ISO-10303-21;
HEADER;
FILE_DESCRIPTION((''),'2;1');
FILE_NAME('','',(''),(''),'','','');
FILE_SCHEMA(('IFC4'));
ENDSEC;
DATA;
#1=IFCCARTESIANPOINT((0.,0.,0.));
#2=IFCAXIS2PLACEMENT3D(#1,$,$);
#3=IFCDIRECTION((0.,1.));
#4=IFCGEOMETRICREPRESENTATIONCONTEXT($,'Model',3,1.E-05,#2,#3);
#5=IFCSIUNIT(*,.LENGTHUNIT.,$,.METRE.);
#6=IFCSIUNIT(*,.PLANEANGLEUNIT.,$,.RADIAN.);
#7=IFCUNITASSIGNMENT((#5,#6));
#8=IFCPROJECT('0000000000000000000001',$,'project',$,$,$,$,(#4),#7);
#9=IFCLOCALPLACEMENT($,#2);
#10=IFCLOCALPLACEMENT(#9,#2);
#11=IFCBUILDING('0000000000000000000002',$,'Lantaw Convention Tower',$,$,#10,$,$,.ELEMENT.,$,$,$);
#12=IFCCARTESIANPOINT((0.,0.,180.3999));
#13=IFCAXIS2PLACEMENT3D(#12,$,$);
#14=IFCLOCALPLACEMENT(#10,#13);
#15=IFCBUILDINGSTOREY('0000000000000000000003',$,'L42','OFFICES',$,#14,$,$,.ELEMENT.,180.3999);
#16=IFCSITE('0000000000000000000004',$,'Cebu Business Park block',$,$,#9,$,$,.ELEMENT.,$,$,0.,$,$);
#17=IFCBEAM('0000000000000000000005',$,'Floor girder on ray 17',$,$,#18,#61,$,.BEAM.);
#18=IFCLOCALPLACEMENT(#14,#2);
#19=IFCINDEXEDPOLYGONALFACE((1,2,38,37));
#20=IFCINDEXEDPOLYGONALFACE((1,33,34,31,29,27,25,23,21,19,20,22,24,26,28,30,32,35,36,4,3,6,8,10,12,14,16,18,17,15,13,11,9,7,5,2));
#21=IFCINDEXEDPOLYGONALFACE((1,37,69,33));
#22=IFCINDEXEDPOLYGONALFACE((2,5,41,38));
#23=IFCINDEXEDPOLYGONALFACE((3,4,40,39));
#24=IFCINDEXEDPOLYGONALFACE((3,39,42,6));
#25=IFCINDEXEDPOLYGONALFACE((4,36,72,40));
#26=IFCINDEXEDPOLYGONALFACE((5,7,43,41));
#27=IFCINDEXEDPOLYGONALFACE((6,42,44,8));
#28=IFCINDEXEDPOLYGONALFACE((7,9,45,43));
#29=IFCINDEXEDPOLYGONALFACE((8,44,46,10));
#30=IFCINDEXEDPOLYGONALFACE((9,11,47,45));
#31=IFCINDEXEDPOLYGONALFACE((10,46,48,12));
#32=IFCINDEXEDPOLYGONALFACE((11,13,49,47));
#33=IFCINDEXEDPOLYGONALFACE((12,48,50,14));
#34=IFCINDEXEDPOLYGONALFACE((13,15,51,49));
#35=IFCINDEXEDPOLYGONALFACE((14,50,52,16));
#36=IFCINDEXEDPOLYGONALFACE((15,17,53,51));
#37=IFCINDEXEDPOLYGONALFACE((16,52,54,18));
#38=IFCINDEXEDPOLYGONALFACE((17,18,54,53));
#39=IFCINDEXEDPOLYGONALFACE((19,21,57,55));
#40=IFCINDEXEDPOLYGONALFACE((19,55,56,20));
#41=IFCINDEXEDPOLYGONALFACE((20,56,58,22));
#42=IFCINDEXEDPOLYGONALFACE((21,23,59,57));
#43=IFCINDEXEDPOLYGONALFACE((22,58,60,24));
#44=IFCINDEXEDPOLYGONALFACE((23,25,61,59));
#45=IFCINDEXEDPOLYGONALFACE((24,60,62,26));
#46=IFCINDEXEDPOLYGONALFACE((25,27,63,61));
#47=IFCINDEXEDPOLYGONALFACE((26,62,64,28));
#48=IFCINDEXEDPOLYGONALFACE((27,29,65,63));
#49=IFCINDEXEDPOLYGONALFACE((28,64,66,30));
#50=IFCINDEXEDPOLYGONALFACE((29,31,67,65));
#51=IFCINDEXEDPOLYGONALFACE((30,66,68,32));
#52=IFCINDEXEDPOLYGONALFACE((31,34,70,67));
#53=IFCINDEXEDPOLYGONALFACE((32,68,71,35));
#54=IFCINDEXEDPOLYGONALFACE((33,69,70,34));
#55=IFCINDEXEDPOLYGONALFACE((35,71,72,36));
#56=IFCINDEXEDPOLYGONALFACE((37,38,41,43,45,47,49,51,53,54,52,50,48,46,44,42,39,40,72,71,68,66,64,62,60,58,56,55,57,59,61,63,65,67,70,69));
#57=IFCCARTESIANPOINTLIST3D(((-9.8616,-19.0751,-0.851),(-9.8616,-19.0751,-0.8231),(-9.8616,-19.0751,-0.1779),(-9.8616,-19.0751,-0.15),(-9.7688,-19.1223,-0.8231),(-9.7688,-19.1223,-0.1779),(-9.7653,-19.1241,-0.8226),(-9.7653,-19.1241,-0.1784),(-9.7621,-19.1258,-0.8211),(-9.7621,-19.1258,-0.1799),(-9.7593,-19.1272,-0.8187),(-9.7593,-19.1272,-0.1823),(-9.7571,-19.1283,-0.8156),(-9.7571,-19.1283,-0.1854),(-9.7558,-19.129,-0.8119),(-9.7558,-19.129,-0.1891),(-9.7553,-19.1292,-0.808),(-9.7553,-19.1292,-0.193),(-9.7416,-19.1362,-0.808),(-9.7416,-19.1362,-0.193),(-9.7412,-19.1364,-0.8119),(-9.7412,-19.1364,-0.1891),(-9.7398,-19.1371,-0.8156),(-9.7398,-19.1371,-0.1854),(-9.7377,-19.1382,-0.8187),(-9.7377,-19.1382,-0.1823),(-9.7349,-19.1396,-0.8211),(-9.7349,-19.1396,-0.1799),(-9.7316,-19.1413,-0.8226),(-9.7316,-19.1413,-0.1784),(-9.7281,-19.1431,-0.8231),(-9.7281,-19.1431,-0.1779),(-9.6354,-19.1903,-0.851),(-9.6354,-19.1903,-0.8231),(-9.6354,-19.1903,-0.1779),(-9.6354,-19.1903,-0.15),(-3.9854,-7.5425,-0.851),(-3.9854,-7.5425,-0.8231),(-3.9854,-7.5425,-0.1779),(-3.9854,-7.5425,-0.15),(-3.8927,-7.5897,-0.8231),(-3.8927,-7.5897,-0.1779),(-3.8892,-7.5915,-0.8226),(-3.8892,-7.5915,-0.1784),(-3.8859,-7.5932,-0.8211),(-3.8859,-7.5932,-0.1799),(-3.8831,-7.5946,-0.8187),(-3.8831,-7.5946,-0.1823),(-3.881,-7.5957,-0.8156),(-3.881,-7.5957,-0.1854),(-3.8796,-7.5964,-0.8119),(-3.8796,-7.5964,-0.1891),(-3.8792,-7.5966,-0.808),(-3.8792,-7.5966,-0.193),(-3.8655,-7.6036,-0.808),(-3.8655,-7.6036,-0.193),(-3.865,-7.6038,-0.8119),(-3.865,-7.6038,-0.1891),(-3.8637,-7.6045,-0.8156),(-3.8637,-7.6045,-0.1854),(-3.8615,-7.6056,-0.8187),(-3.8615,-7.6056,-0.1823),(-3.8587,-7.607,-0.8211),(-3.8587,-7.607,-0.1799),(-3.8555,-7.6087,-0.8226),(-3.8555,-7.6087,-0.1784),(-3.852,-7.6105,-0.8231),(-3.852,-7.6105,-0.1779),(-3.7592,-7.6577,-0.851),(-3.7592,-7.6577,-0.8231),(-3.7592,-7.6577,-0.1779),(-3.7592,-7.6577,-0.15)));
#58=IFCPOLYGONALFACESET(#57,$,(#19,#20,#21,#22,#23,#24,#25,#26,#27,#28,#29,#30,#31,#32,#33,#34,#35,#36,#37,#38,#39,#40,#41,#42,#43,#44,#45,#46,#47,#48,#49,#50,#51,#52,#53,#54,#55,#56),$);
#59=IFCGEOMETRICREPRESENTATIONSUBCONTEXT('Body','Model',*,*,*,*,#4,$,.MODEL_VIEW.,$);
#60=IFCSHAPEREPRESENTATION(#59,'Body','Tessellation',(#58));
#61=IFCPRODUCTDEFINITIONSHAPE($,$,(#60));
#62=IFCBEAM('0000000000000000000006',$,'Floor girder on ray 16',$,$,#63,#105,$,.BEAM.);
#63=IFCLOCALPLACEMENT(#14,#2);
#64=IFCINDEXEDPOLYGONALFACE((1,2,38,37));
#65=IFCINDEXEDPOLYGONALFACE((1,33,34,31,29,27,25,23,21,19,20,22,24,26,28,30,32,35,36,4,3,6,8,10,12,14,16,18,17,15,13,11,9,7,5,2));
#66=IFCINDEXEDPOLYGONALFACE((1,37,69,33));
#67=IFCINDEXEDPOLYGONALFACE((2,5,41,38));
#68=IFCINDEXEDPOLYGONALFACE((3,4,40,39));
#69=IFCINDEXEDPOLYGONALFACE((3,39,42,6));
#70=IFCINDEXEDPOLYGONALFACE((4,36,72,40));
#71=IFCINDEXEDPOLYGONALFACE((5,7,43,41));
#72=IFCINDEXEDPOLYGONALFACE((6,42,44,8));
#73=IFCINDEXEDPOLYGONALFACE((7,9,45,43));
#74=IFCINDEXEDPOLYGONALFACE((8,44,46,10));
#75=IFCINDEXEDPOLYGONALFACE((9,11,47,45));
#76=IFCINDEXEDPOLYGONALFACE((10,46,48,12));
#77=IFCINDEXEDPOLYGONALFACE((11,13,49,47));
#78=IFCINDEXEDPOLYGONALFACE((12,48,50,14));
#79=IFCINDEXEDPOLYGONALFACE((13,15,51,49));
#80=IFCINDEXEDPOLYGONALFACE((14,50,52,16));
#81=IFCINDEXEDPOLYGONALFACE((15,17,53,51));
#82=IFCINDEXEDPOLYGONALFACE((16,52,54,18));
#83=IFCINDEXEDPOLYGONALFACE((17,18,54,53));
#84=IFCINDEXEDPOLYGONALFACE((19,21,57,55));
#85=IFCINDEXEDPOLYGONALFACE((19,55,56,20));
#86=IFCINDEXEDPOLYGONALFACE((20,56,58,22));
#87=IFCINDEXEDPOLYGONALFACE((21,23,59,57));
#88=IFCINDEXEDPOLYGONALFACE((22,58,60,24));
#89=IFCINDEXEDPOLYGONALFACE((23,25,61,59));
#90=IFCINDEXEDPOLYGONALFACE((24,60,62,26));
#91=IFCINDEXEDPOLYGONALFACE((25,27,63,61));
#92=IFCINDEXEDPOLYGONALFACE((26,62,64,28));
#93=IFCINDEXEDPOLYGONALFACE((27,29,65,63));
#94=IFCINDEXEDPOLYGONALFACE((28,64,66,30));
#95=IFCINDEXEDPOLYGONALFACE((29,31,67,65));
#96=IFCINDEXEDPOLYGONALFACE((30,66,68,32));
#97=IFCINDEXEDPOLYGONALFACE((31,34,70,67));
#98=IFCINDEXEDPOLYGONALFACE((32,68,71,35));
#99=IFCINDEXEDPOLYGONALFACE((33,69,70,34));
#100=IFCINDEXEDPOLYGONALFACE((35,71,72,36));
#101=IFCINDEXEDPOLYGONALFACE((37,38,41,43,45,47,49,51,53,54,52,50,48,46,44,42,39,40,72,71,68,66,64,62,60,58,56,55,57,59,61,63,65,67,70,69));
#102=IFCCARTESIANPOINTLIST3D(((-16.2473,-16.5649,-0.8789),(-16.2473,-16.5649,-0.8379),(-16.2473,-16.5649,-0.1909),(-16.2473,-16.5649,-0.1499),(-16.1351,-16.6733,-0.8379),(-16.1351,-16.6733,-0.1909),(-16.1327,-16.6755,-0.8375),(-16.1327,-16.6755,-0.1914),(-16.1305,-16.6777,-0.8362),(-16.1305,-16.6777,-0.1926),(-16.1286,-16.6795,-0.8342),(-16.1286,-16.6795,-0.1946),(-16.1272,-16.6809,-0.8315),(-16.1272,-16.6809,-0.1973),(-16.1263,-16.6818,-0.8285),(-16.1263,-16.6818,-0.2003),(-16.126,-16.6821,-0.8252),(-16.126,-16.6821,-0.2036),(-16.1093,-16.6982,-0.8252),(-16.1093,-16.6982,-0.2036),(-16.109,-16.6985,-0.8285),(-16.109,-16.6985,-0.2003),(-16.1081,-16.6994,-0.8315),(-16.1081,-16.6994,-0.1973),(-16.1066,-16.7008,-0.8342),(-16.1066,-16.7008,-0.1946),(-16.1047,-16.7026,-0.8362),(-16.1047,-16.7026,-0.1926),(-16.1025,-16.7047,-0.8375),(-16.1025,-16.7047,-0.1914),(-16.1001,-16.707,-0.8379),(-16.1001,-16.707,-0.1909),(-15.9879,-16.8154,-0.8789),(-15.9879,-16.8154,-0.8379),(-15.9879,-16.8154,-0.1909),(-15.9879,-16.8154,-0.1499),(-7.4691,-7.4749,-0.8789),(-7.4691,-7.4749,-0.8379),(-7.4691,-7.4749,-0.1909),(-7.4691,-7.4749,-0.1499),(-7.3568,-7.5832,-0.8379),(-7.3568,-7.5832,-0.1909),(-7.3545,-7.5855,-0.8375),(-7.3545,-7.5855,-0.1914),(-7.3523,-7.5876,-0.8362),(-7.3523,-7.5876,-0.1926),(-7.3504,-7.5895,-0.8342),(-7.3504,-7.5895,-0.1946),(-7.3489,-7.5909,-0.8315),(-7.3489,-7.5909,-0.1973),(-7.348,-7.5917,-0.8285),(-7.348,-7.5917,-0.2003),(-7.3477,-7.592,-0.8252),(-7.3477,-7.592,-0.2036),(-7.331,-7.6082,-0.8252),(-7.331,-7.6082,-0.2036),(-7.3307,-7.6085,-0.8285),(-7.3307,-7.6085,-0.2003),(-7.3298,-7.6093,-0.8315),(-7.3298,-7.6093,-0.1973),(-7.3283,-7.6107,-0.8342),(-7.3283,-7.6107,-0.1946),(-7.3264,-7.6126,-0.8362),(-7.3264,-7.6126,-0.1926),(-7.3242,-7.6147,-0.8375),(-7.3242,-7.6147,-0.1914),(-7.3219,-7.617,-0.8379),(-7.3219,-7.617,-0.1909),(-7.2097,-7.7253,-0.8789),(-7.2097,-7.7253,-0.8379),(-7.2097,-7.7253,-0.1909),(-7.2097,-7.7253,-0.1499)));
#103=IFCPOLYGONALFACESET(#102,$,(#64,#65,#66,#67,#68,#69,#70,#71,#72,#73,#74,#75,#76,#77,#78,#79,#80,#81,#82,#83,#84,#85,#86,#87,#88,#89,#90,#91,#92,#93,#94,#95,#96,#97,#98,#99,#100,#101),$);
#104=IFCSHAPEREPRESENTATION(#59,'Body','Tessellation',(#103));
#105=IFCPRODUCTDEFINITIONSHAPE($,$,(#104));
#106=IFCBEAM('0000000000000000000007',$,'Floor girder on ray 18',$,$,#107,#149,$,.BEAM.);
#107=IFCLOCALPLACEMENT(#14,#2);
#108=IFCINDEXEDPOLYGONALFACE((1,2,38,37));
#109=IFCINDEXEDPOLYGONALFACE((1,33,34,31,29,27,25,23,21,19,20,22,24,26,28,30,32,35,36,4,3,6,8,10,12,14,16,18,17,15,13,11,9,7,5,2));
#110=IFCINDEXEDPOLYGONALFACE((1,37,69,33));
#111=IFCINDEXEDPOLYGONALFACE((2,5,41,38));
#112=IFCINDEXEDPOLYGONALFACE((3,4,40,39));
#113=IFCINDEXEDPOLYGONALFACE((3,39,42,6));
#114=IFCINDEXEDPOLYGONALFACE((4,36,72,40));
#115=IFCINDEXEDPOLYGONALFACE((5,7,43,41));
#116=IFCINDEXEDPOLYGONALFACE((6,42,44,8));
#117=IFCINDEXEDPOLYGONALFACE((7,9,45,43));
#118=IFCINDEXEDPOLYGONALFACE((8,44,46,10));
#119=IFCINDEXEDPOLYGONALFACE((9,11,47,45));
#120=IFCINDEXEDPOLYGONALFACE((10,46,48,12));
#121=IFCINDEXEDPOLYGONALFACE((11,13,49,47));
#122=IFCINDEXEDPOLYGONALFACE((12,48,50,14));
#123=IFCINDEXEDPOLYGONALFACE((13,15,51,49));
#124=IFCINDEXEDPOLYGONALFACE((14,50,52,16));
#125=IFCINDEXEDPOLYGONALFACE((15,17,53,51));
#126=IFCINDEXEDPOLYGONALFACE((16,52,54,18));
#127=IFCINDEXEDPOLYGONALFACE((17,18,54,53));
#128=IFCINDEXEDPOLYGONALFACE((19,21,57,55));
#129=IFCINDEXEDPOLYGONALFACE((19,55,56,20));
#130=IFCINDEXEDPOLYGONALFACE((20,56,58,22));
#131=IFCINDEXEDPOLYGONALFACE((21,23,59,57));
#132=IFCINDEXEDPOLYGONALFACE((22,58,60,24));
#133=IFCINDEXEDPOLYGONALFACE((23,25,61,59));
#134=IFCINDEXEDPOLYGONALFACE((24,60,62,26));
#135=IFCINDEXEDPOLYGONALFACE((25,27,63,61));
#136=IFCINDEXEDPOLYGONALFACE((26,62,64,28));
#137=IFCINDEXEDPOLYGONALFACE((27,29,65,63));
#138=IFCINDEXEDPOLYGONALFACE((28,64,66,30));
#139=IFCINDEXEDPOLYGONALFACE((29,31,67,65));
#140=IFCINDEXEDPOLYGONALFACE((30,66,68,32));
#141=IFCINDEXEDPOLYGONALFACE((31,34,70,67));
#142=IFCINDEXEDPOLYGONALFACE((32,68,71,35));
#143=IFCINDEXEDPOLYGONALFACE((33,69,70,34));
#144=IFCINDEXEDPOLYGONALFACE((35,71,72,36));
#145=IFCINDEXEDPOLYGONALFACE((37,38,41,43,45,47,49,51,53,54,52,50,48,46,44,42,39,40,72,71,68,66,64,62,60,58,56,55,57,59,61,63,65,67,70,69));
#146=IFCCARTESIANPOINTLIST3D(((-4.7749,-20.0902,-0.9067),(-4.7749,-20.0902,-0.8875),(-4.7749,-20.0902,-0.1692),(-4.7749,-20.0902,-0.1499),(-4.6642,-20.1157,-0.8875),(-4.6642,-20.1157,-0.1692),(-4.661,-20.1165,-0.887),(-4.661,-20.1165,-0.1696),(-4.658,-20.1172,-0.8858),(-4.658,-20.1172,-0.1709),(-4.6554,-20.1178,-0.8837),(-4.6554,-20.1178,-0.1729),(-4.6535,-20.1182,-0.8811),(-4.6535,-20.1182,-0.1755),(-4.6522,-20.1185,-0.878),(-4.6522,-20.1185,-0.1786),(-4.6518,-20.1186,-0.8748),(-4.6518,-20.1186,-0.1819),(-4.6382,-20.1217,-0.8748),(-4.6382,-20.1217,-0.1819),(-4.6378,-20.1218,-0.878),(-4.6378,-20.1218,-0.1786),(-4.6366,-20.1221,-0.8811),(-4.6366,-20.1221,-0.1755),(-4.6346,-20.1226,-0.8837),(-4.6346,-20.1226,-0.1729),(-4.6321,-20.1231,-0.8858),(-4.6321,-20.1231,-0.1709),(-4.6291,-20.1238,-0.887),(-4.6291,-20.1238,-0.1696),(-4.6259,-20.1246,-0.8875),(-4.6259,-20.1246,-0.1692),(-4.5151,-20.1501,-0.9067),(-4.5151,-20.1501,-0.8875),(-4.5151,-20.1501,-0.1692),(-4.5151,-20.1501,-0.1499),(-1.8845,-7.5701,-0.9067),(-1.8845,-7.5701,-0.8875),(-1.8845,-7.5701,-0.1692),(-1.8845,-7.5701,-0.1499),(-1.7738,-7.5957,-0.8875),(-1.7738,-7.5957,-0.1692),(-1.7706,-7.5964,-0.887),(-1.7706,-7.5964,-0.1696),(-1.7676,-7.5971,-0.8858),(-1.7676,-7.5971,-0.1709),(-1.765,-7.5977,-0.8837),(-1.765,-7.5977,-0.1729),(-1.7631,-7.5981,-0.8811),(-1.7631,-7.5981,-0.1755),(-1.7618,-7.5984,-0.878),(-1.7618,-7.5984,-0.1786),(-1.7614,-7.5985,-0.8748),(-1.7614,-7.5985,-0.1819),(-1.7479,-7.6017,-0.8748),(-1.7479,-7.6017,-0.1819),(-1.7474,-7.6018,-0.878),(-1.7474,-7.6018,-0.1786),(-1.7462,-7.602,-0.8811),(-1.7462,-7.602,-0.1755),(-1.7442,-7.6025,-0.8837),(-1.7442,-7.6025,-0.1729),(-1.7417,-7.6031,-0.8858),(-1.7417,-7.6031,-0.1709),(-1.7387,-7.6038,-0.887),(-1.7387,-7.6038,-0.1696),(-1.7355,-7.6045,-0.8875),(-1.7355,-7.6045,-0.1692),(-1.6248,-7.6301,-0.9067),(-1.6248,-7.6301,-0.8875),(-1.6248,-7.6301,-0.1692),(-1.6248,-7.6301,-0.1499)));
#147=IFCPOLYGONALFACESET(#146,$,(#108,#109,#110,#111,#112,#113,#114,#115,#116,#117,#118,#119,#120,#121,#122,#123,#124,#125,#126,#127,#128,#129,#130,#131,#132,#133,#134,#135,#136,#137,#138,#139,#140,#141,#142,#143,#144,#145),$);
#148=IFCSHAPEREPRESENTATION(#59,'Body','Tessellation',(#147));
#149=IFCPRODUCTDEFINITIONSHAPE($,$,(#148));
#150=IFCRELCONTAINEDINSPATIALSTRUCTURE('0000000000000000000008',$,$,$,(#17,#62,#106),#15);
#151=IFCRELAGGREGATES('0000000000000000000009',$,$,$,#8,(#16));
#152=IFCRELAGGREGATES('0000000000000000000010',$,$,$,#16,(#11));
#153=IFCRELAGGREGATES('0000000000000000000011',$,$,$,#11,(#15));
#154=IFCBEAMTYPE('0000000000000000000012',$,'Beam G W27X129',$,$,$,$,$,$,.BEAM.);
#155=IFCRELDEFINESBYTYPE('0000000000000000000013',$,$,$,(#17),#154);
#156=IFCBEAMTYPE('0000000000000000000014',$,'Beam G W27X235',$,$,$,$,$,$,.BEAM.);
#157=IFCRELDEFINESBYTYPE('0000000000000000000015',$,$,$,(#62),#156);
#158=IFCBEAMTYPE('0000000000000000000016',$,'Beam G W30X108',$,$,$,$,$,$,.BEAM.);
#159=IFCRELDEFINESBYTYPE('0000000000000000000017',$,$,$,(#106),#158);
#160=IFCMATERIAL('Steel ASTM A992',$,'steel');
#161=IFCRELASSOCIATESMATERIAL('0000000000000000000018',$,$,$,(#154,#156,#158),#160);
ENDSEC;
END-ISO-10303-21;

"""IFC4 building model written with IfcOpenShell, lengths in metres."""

from ifc_helpers import new_model, si_unit, direction, frame, origin, origin_2d, place, context, subcontext, project, spatial, i_section, extrude, material, material_profile, profile_set, type_object, element, save


model = new_model("IFC4")

# Units and contexts
model_context = context("Model", 3, precision=1e-05, world=origin(), true_north=direction((0.0, 1.0)))
body_context = subcontext(model_context, "Body", "Model", "MODEL_VIEW")
ifc_project = project(units=[si_unit("LENGTHUNIT", "METRE"), si_unit("PLANEANGLEUNIT", "RADIAN")], contexts=[model_context])

# Site, building, storey
site_placement = place(None, origin())
site = spatial("IfcSite", under=ifc_project, at=site_placement, Name="Cebu Business Park block", CompositionType="ELEMENT", RefElevation=0.0)
building_placement = place(site_placement, origin())
building = spatial("IfcBuilding", under=site, at=building_placement, Name="Lantaw Convention Tower", CompositionType="ELEMENT")
storey_placement = place(building_placement, frame((0.0, 0.0, 180.3999)))
storey = spatial("IfcBuildingStorey", under=building, at=storey_placement, Name="L42", Description="OFFICES", CompositionType="ELEMENT", Elevation=180.3999)

# Beams
ifc_material_1 = material(Name="Steel ASTM A992", Category="steel")
ifc_material_profile_1 = material_profile(ifc_material_1, i_section(OverallWidth=0.2539, OverallDepth=0.7009, WebThickness=0.0154, FlangeThickness=0.0278, FilletRadius=0.0151, at=origin_2d()), Name="W27X129")
ifc_profile_set_1 = profile_set([ifc_material_profile_1], Name="Steel ASTM A992")
beam_type_1 = type_object("IfcBeamType", Name="Beam G W27X129", PredefinedType="BEAM", material=ifc_profile_set_1)
beam_1_placement = place(storey_placement, frame((-3.8723, -7.6001, -0.5005), z_axis=(-0.453991, -0.891006, 0.0), x_axis=(0.891006, -0.453991, 0.0)))
element("IfcBeam", 1, at=beam_1_placement, inside=storey, type_object=beam_type_1, Name="Floor girder on ray 17", PredefinedType="BEAM", context=body_context, shape_type="SweptSolid", body=[
    extrude(i_section(OverallWidth=0.2539, OverallDepth=0.7009, WebThickness=0.0154, FlangeThickness=0.0278, FilletRadius=0.0151, at=origin_2d()), origin(), (0.0, 0.0, 1.0), 12.9434),
])
ifc_material_profile_2 = material_profile(ifc_material_1, i_section(OverallWidth=0.3606, OverallDepth=0.729, WebThickness=0.0232, FlangeThickness=0.041, FilletRadius=0.0127, at=origin_2d()), Name="W27X235")
ifc_profile_set_2 = profile_set([ifc_material_profile_2], Name="Steel ASTM A992")
beam_type_2 = type_object("IfcBeamType", Name="Beam G W27X235", PredefinedType="BEAM", material=ifc_profile_set_2)
beam_2_placement = place(storey_placement, frame((-7.3394, -7.6001, -0.5144), z_axis=(-0.694663, -0.719335, 0.0), x_axis=(0.719335, -0.694663, 0.0)))
element("IfcBeam", 2, at=beam_2_placement, inside=storey, type_object=beam_type_2, Name="Floor girder on ray 16", PredefinedType="BEAM", context=body_context, shape_type="SweptSolid", body=[
    extrude(i_section(OverallWidth=0.3606, OverallDepth=0.729, WebThickness=0.0232, FlangeThickness=0.041, FilletRadius=0.0127, at=origin_2d()), origin(), (0.0, 0.0, 1.0), 12.6367),
])
ifc_material_profile_3 = material_profile(ifc_material_1, i_section(OverallWidth=0.2666, OverallDepth=0.7568, WebThickness=0.0139, FlangeThickness=0.0193, FilletRadius=0.0127, at=origin_2d()), Name="W30X108")
ifc_profile_set_3 = profile_set([ifc_material_profile_3], Name="Steel ASTM A992")
beam_type_3 = type_object("IfcBeamType", Name="Beam G W30X108", PredefinedType="BEAM", material=ifc_profile_set_3)
beam_3_placement = place(storey_placement, frame((-1.7546, -7.6001, -0.5283), z_axis=(-0.224944, -0.974372, 0.0), x_axis=(0.974372, -0.224944, 0.0)))
element("IfcBeam", 3, at=beam_3_placement, inside=storey, type_object=beam_type_3, Name="Floor girder on ray 18", PredefinedType="BEAM", context=body_context, shape_type="SweptSolid", body=[
    extrude(i_section(OverallWidth=0.2666, OverallDepth=0.7568, WebThickness=0.0139, FlangeThickness=0.0193, FilletRadius=0.0127, at=origin_2d()), origin(), (0.0, 0.0, 1.0), 12.8494),
])

save(model, "model.ifc")
